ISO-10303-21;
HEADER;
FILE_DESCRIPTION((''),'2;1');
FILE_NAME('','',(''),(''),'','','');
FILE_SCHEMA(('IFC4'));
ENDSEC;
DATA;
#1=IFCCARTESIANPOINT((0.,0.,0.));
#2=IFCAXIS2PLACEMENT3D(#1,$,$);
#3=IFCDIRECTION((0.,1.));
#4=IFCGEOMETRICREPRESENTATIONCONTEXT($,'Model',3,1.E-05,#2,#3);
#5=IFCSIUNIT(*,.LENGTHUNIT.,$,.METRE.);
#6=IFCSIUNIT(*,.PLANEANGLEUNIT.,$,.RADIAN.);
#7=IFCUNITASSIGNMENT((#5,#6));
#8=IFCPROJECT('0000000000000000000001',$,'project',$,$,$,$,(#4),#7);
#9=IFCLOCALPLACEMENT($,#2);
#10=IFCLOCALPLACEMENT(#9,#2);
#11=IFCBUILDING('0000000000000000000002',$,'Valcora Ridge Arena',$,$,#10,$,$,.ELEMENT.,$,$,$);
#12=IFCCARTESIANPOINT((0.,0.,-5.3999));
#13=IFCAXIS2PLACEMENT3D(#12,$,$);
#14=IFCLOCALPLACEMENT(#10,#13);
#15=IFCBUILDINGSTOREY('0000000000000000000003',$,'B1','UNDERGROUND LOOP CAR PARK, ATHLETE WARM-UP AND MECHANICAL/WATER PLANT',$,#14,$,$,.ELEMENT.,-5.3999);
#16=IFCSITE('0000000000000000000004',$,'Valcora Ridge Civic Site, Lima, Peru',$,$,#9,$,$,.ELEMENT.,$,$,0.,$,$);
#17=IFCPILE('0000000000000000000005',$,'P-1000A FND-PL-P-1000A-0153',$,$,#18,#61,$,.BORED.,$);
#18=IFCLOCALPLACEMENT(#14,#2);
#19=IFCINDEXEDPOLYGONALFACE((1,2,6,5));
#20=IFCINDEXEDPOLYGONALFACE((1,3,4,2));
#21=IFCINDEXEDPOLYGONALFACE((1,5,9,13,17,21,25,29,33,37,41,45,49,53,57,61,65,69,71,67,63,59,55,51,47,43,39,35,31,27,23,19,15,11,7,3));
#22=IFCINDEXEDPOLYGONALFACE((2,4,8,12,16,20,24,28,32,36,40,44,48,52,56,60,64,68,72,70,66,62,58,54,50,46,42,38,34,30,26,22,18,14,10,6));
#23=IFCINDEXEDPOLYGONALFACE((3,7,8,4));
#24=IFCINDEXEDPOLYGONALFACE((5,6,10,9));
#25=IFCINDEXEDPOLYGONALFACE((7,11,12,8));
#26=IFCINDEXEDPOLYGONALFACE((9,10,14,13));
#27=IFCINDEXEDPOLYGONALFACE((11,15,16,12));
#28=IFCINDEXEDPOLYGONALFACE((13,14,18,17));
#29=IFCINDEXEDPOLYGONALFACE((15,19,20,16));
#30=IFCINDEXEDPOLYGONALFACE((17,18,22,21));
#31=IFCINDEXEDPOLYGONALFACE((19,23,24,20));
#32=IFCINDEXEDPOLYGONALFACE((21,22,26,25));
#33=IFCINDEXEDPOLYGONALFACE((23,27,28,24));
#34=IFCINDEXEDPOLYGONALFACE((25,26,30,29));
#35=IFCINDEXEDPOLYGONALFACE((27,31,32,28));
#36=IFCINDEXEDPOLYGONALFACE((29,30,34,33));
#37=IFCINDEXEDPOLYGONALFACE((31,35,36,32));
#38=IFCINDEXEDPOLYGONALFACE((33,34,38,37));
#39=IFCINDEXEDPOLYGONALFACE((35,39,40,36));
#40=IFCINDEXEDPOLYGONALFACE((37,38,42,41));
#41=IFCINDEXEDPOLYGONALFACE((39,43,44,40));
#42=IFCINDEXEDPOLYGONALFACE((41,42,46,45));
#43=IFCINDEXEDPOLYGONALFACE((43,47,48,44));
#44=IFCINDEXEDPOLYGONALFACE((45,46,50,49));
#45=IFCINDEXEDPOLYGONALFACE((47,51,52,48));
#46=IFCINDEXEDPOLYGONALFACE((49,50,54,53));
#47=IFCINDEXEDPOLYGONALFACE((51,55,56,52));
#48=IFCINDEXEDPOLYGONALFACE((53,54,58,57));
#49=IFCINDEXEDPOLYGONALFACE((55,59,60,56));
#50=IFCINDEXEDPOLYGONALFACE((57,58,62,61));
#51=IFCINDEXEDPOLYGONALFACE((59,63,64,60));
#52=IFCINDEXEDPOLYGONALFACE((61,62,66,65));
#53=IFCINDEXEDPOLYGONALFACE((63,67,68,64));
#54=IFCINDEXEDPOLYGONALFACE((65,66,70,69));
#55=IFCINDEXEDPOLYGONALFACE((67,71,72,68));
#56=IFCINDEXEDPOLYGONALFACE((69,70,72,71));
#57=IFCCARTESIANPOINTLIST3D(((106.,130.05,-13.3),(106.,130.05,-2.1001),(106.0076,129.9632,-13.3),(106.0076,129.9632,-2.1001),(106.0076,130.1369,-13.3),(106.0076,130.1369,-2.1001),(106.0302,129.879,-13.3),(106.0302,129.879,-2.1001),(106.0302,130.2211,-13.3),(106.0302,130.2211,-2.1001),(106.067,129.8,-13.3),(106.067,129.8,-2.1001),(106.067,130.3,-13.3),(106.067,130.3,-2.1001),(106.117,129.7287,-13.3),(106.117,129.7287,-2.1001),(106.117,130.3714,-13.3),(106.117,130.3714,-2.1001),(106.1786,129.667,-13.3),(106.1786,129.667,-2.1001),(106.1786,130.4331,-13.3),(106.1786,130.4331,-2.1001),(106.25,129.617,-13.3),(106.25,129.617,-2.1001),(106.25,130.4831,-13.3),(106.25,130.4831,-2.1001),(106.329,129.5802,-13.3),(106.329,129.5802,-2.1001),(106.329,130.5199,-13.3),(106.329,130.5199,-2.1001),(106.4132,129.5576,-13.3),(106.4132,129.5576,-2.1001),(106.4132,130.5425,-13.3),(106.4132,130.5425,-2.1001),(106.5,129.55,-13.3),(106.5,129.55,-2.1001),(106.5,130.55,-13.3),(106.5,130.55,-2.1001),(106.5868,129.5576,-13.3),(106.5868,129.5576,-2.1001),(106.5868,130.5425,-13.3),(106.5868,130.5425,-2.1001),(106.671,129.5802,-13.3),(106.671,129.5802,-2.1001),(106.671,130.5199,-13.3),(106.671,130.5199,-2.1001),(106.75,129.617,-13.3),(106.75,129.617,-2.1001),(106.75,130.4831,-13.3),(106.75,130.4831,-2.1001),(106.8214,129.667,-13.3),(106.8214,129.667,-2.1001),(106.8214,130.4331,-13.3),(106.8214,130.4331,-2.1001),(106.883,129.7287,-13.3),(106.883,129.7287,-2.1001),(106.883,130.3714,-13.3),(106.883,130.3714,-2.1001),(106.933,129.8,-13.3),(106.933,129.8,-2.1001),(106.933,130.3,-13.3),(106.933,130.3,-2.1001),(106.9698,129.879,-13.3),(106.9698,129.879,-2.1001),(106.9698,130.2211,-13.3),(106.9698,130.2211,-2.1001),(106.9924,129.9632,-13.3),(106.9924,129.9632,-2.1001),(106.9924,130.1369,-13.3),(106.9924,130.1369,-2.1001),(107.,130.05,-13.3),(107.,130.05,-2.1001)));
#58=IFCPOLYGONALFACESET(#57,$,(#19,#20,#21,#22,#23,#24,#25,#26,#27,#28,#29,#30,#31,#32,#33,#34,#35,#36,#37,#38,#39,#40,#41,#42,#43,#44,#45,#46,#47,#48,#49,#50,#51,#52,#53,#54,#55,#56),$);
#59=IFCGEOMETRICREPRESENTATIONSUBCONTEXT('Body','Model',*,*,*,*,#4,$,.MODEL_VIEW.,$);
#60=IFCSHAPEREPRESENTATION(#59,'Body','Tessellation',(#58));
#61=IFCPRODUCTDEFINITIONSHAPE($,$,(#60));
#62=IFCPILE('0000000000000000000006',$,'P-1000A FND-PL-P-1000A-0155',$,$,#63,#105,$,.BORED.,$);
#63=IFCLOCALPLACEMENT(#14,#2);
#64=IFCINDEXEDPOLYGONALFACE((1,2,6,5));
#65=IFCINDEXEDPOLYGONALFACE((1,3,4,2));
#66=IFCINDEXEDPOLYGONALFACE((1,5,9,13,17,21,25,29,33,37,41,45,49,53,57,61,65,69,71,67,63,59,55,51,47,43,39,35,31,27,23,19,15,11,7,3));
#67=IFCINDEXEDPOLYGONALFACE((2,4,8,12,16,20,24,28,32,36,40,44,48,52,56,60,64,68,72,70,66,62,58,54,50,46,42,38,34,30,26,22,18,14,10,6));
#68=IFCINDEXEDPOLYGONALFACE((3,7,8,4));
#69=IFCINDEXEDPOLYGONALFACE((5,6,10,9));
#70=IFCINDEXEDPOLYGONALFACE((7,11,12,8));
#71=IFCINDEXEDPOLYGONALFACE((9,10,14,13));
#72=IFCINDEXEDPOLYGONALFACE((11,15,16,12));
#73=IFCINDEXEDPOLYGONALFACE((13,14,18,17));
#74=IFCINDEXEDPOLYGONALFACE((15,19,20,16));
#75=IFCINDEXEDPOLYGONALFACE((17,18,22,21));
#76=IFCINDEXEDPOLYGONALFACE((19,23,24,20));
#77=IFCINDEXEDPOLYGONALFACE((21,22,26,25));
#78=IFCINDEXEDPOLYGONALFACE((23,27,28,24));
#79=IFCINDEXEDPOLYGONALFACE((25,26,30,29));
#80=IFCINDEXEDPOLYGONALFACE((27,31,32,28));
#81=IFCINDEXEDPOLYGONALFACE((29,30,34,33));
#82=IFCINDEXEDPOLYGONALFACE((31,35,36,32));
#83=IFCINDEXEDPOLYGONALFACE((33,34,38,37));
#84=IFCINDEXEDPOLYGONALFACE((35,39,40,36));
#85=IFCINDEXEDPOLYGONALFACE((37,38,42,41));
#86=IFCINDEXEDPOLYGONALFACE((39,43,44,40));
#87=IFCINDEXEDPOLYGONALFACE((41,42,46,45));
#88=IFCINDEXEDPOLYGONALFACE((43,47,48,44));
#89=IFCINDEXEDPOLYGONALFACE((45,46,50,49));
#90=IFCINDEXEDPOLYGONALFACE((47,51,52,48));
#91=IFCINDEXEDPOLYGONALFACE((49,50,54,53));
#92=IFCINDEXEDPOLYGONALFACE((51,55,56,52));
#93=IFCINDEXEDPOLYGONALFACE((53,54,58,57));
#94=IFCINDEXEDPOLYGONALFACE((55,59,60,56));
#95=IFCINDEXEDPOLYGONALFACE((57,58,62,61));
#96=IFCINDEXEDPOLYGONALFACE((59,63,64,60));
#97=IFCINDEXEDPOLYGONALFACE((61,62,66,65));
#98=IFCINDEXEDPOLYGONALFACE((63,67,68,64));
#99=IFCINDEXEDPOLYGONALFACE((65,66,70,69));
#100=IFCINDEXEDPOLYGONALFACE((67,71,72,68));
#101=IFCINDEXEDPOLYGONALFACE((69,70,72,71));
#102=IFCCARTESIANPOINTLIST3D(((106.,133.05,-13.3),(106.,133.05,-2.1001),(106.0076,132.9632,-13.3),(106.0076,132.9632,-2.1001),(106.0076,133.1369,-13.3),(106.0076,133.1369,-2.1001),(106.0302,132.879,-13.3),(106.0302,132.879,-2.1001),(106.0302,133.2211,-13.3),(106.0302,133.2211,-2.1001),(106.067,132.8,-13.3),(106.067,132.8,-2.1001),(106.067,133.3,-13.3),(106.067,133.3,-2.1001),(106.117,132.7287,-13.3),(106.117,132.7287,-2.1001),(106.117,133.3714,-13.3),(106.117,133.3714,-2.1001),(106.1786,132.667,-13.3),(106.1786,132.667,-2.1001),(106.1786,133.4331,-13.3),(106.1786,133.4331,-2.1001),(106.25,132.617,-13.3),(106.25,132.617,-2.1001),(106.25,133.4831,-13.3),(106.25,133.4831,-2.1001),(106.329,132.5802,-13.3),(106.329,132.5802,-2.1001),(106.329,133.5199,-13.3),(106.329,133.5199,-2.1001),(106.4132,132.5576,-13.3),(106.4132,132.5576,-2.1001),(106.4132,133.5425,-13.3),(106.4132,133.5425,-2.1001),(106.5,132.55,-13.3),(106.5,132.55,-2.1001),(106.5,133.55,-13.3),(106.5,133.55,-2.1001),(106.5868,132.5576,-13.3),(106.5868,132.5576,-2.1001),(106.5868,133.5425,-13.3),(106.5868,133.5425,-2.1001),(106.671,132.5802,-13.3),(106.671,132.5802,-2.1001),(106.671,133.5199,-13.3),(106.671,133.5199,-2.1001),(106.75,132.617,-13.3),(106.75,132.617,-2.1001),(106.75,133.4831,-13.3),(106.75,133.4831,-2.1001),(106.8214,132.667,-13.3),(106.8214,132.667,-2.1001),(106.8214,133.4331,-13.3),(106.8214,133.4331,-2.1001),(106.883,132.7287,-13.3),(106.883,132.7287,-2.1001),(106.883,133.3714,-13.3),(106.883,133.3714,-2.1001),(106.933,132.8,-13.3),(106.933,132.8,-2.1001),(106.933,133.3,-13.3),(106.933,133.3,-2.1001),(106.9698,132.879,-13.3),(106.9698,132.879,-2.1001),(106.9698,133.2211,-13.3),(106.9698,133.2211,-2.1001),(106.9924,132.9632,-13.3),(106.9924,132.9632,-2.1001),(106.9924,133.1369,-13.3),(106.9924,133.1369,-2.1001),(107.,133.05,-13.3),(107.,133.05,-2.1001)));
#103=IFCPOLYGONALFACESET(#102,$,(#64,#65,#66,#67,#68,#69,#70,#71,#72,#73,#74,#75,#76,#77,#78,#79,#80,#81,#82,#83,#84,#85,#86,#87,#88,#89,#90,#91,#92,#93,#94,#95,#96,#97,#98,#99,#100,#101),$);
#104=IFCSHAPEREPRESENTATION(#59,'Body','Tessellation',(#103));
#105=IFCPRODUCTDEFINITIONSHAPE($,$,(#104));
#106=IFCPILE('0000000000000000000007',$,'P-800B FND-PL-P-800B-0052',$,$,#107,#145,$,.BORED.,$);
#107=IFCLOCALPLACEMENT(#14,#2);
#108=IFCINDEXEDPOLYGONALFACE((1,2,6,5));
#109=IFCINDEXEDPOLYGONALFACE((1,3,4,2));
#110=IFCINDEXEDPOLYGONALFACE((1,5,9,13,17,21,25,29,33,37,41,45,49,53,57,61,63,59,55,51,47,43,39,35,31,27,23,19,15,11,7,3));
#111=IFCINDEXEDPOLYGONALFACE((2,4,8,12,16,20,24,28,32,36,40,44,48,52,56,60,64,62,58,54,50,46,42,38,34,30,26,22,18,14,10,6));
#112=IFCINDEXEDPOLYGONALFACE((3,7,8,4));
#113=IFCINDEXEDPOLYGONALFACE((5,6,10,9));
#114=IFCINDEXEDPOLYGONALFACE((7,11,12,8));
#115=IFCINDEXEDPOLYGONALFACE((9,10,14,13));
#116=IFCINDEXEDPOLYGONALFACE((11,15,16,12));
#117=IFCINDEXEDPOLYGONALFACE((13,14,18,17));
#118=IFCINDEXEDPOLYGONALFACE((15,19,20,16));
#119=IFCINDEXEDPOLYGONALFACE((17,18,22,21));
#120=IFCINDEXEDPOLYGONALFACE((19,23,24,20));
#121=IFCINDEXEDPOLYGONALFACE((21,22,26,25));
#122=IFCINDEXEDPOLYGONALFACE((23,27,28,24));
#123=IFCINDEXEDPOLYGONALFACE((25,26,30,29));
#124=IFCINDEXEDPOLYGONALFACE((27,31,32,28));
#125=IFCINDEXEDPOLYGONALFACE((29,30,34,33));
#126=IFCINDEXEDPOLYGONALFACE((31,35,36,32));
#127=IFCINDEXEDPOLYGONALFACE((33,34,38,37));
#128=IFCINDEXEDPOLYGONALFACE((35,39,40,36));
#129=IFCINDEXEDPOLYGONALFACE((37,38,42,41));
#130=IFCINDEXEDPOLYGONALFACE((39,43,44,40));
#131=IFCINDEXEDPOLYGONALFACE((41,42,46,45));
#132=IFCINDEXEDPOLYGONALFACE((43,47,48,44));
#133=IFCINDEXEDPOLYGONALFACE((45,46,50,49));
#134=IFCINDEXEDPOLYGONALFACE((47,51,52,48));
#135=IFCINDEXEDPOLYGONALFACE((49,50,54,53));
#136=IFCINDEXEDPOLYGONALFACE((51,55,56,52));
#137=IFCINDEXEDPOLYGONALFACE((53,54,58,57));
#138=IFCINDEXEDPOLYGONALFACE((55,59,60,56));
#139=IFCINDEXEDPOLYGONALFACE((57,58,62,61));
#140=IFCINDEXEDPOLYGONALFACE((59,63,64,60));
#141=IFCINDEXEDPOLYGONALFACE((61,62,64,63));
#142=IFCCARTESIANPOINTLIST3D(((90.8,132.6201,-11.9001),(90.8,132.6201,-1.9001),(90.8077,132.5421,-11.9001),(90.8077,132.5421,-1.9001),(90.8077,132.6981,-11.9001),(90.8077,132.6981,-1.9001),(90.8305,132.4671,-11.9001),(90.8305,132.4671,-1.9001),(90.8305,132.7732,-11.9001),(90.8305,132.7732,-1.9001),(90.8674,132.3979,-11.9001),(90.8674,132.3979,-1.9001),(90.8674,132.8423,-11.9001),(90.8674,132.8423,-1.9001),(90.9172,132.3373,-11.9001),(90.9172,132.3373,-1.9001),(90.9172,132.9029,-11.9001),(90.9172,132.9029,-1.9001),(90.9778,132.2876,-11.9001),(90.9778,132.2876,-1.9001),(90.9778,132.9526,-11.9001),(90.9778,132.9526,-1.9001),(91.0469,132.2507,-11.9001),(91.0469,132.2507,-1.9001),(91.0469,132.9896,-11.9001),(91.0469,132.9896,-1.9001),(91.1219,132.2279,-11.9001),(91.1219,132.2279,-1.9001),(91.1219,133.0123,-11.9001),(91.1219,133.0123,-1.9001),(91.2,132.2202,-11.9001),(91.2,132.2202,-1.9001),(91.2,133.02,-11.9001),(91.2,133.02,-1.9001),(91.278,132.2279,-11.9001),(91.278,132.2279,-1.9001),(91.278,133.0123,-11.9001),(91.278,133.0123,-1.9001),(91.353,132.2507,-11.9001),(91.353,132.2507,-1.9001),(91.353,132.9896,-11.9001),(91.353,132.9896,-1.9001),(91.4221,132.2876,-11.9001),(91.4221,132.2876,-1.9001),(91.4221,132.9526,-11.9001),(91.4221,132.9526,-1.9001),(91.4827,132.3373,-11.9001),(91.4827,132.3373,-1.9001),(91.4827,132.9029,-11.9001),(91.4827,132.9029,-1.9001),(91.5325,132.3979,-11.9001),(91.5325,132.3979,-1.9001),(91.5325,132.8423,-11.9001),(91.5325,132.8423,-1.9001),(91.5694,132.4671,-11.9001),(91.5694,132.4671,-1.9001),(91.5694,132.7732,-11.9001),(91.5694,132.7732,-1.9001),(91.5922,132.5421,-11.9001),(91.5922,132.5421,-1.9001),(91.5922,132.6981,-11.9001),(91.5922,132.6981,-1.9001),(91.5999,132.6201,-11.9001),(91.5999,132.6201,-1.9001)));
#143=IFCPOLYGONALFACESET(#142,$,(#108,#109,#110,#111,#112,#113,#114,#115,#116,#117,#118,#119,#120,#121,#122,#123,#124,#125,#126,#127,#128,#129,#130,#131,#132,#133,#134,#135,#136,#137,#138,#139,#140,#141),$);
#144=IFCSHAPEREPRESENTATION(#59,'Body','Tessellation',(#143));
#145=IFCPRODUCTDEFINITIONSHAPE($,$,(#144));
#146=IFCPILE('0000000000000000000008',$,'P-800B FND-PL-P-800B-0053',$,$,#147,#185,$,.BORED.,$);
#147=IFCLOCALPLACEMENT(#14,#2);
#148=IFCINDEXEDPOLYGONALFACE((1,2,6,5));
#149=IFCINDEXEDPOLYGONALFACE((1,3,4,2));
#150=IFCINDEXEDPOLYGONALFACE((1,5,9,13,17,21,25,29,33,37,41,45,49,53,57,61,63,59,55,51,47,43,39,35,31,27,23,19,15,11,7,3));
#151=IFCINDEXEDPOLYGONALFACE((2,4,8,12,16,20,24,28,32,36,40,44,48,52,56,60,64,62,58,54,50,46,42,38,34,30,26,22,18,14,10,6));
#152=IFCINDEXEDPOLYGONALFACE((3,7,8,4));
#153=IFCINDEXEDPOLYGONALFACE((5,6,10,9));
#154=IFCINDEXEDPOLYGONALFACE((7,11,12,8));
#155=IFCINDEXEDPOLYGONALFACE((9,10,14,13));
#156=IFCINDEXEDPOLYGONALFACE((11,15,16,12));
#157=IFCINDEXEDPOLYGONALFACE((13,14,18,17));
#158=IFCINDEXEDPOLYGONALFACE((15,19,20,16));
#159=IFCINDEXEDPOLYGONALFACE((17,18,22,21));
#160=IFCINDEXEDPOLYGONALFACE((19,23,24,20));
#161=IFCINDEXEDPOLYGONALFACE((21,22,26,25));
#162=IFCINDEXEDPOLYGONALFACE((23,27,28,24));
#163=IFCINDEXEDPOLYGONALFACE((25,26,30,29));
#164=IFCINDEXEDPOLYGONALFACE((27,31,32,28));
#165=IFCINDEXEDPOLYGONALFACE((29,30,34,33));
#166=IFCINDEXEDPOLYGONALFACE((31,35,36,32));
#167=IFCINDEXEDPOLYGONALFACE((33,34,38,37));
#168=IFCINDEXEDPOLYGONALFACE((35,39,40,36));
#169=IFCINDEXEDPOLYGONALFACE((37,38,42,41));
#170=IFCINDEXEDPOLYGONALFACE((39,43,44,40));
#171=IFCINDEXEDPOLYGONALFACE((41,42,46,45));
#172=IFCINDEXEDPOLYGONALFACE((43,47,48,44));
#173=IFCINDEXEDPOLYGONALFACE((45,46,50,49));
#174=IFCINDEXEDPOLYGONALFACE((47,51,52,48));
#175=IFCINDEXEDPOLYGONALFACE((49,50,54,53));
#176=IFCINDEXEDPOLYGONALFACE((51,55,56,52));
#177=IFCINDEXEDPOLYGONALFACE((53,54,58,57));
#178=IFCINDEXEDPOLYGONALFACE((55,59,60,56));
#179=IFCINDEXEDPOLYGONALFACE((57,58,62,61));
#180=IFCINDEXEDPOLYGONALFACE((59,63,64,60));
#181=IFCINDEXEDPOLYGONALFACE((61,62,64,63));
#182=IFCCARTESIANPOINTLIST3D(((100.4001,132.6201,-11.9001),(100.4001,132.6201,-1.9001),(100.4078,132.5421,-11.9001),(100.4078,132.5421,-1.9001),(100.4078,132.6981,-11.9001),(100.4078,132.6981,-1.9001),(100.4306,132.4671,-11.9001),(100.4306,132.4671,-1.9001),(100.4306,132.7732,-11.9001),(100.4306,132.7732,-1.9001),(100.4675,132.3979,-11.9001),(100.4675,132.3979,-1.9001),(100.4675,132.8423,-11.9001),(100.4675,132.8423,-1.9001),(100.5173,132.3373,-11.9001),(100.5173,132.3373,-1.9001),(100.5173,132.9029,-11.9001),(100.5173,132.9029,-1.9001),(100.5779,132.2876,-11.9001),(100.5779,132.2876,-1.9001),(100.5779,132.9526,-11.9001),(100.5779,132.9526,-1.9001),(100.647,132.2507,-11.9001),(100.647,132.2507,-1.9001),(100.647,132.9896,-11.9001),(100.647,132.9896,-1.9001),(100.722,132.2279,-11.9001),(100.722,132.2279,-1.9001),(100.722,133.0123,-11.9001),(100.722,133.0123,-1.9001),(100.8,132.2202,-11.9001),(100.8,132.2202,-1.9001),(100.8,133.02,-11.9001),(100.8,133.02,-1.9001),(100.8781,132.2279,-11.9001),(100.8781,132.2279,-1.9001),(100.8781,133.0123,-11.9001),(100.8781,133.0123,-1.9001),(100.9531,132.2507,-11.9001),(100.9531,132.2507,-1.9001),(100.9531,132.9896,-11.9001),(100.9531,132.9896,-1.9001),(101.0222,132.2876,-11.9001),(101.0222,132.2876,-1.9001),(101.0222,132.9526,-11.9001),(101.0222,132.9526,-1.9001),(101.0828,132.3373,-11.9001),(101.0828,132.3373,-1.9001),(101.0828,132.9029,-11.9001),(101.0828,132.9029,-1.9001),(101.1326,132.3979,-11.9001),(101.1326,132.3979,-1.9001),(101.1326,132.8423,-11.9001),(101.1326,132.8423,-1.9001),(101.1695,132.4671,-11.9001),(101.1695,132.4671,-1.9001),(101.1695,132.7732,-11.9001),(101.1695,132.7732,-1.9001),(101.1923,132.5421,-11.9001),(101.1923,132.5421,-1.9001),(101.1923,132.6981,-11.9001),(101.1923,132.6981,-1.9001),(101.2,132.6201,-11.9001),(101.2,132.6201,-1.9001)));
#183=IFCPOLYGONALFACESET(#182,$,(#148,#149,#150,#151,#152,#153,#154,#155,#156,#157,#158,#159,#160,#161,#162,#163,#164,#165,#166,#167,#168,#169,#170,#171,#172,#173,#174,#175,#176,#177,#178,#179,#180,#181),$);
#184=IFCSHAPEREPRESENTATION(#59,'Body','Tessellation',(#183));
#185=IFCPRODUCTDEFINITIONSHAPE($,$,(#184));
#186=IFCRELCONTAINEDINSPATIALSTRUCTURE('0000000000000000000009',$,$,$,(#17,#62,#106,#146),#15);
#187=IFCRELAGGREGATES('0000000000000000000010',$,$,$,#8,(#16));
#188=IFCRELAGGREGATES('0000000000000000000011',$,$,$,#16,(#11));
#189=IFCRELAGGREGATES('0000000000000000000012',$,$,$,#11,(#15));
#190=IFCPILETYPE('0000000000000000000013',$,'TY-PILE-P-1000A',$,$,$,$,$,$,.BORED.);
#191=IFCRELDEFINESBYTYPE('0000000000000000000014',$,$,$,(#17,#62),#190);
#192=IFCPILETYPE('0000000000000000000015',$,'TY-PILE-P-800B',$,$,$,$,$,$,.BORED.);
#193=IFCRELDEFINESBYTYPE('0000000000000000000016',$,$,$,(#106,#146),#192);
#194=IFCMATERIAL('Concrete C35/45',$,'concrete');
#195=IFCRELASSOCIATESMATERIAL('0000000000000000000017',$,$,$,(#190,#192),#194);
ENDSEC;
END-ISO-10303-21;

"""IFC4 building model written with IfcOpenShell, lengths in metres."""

from ifc_helpers import new_model, si_unit, direction, frame, origin, origin_2d, place, context, subcontext, project, spatial, circle, extrude, material, material_profile, profile_set, type_object, element, save


model = new_model("IFC4")

# Units and contexts
model_context = context("Model", 3, precision=1e-05, world=origin(), true_north=direction((0.0, 1.0)))
body_context = subcontext(model_context, "Body", "Model", "MODEL_VIEW")
ifc_project = project(units=[si_unit("LENGTHUNIT", "METRE"), si_unit("PLANEANGLEUNIT", "RADIAN")], contexts=[model_context])

# Site, building, storey
site_placement = place(None, origin())
site = spatial("IfcSite", under=ifc_project, at=site_placement, Name="Valcora Ridge Civic Site, Lima, Peru", CompositionType="ELEMENT", RefElevation=0.0)
building_placement = place(site_placement, origin())
building = spatial("IfcBuilding", under=site, at=building_placement, Name="Valcora Ridge Arena", CompositionType="ELEMENT")
storey_placement = place(building_placement, frame((0.0, 0.0, -5.3999)))
storey = spatial("IfcBuildingStorey", under=building, at=storey_placement, Name="B1", Description="UNDERGROUND LOOP CAR PARK, ATHLETE WARM-UP AND MECHANICAL/WATER PLANT", CompositionType="ELEMENT", Elevation=-5.3999)

# Piles
ifc_material_1 = material(Name="Concrete C35/45", Category="concrete")
ifc_material_profile_1 = material_profile(ifc_material_1, circle(Radius=0.5, at=origin_2d()), Name="BORED PILE D1000")
ifc_profile_set_1 = profile_set([ifc_material_profile_1], Name="Concrete C35/45")
pile_type_1 = type_object("IfcPileType", Name="TY-PILE-P-1000A", PredefinedType="BORED", material=ifc_profile_set_1)
for number, where, z_axis, x_axis, name in (
    (1, (106.5, 130.05, -2.1001), (0.0, 0.0, -1.0), (1.0, 0.0, 0.0), "P-1000A FND-PL-P-1000A-0153"),
    (2, (106.5, 133.05, -2.1001), (0.0, 0.0, -1.0), (1.0, 0.0, 0.0), "P-1000A FND-PL-P-1000A-0155"),
):
    element("IfcPile", number, at=place(storey_placement, frame(where, z_axis=z_axis, x_axis=x_axis)), inside=storey, type_object=pile_type_1, Name=name, PredefinedType="BORED", context=body_context, shape_type="SweptSolid", body=[
        extrude(circle(Radius=0.5, at=origin_2d()), origin(), (0.0, 0.0, 1.0), 11.2),
    ])
ifc_material_profile_2 = material_profile(ifc_material_1, circle(Radius=0.3999, at=origin_2d()), Name="BORED PILE D800")
ifc_profile_set_2 = profile_set([ifc_material_profile_2], Name="Concrete C35/45")
pile_type_2 = type_object("IfcPileType", Name="TY-PILE-P-800B", PredefinedType="BORED", material=ifc_profile_set_2)
for number, where, z_axis, x_axis, name in (
    (3, (91.2, 132.6201, -1.9001), (0.0, 0.0, -1.0), (1.0, 0.0, 0.0), "P-800B FND-PL-P-800B-0052"),
    (4, (100.8, 132.6201, -1.9001), (0.0, 0.0, -1.0), (1.0, 0.0, 0.0), "P-800B FND-PL-P-800B-0053"),
):
    element("IfcPile", number, at=place(storey_placement, frame(where, z_axis=z_axis, x_axis=x_axis)), inside=storey, type_object=pile_type_2, Name=name, PredefinedType="BORED", context=body_context, shape_type="SweptSolid", body=[
        extrude(circle(Radius=0.3999, at=origin_2d()), origin(), (0.0, 0.0, 1.0), 10.0),
    ])

save(model, "model.ifc")
